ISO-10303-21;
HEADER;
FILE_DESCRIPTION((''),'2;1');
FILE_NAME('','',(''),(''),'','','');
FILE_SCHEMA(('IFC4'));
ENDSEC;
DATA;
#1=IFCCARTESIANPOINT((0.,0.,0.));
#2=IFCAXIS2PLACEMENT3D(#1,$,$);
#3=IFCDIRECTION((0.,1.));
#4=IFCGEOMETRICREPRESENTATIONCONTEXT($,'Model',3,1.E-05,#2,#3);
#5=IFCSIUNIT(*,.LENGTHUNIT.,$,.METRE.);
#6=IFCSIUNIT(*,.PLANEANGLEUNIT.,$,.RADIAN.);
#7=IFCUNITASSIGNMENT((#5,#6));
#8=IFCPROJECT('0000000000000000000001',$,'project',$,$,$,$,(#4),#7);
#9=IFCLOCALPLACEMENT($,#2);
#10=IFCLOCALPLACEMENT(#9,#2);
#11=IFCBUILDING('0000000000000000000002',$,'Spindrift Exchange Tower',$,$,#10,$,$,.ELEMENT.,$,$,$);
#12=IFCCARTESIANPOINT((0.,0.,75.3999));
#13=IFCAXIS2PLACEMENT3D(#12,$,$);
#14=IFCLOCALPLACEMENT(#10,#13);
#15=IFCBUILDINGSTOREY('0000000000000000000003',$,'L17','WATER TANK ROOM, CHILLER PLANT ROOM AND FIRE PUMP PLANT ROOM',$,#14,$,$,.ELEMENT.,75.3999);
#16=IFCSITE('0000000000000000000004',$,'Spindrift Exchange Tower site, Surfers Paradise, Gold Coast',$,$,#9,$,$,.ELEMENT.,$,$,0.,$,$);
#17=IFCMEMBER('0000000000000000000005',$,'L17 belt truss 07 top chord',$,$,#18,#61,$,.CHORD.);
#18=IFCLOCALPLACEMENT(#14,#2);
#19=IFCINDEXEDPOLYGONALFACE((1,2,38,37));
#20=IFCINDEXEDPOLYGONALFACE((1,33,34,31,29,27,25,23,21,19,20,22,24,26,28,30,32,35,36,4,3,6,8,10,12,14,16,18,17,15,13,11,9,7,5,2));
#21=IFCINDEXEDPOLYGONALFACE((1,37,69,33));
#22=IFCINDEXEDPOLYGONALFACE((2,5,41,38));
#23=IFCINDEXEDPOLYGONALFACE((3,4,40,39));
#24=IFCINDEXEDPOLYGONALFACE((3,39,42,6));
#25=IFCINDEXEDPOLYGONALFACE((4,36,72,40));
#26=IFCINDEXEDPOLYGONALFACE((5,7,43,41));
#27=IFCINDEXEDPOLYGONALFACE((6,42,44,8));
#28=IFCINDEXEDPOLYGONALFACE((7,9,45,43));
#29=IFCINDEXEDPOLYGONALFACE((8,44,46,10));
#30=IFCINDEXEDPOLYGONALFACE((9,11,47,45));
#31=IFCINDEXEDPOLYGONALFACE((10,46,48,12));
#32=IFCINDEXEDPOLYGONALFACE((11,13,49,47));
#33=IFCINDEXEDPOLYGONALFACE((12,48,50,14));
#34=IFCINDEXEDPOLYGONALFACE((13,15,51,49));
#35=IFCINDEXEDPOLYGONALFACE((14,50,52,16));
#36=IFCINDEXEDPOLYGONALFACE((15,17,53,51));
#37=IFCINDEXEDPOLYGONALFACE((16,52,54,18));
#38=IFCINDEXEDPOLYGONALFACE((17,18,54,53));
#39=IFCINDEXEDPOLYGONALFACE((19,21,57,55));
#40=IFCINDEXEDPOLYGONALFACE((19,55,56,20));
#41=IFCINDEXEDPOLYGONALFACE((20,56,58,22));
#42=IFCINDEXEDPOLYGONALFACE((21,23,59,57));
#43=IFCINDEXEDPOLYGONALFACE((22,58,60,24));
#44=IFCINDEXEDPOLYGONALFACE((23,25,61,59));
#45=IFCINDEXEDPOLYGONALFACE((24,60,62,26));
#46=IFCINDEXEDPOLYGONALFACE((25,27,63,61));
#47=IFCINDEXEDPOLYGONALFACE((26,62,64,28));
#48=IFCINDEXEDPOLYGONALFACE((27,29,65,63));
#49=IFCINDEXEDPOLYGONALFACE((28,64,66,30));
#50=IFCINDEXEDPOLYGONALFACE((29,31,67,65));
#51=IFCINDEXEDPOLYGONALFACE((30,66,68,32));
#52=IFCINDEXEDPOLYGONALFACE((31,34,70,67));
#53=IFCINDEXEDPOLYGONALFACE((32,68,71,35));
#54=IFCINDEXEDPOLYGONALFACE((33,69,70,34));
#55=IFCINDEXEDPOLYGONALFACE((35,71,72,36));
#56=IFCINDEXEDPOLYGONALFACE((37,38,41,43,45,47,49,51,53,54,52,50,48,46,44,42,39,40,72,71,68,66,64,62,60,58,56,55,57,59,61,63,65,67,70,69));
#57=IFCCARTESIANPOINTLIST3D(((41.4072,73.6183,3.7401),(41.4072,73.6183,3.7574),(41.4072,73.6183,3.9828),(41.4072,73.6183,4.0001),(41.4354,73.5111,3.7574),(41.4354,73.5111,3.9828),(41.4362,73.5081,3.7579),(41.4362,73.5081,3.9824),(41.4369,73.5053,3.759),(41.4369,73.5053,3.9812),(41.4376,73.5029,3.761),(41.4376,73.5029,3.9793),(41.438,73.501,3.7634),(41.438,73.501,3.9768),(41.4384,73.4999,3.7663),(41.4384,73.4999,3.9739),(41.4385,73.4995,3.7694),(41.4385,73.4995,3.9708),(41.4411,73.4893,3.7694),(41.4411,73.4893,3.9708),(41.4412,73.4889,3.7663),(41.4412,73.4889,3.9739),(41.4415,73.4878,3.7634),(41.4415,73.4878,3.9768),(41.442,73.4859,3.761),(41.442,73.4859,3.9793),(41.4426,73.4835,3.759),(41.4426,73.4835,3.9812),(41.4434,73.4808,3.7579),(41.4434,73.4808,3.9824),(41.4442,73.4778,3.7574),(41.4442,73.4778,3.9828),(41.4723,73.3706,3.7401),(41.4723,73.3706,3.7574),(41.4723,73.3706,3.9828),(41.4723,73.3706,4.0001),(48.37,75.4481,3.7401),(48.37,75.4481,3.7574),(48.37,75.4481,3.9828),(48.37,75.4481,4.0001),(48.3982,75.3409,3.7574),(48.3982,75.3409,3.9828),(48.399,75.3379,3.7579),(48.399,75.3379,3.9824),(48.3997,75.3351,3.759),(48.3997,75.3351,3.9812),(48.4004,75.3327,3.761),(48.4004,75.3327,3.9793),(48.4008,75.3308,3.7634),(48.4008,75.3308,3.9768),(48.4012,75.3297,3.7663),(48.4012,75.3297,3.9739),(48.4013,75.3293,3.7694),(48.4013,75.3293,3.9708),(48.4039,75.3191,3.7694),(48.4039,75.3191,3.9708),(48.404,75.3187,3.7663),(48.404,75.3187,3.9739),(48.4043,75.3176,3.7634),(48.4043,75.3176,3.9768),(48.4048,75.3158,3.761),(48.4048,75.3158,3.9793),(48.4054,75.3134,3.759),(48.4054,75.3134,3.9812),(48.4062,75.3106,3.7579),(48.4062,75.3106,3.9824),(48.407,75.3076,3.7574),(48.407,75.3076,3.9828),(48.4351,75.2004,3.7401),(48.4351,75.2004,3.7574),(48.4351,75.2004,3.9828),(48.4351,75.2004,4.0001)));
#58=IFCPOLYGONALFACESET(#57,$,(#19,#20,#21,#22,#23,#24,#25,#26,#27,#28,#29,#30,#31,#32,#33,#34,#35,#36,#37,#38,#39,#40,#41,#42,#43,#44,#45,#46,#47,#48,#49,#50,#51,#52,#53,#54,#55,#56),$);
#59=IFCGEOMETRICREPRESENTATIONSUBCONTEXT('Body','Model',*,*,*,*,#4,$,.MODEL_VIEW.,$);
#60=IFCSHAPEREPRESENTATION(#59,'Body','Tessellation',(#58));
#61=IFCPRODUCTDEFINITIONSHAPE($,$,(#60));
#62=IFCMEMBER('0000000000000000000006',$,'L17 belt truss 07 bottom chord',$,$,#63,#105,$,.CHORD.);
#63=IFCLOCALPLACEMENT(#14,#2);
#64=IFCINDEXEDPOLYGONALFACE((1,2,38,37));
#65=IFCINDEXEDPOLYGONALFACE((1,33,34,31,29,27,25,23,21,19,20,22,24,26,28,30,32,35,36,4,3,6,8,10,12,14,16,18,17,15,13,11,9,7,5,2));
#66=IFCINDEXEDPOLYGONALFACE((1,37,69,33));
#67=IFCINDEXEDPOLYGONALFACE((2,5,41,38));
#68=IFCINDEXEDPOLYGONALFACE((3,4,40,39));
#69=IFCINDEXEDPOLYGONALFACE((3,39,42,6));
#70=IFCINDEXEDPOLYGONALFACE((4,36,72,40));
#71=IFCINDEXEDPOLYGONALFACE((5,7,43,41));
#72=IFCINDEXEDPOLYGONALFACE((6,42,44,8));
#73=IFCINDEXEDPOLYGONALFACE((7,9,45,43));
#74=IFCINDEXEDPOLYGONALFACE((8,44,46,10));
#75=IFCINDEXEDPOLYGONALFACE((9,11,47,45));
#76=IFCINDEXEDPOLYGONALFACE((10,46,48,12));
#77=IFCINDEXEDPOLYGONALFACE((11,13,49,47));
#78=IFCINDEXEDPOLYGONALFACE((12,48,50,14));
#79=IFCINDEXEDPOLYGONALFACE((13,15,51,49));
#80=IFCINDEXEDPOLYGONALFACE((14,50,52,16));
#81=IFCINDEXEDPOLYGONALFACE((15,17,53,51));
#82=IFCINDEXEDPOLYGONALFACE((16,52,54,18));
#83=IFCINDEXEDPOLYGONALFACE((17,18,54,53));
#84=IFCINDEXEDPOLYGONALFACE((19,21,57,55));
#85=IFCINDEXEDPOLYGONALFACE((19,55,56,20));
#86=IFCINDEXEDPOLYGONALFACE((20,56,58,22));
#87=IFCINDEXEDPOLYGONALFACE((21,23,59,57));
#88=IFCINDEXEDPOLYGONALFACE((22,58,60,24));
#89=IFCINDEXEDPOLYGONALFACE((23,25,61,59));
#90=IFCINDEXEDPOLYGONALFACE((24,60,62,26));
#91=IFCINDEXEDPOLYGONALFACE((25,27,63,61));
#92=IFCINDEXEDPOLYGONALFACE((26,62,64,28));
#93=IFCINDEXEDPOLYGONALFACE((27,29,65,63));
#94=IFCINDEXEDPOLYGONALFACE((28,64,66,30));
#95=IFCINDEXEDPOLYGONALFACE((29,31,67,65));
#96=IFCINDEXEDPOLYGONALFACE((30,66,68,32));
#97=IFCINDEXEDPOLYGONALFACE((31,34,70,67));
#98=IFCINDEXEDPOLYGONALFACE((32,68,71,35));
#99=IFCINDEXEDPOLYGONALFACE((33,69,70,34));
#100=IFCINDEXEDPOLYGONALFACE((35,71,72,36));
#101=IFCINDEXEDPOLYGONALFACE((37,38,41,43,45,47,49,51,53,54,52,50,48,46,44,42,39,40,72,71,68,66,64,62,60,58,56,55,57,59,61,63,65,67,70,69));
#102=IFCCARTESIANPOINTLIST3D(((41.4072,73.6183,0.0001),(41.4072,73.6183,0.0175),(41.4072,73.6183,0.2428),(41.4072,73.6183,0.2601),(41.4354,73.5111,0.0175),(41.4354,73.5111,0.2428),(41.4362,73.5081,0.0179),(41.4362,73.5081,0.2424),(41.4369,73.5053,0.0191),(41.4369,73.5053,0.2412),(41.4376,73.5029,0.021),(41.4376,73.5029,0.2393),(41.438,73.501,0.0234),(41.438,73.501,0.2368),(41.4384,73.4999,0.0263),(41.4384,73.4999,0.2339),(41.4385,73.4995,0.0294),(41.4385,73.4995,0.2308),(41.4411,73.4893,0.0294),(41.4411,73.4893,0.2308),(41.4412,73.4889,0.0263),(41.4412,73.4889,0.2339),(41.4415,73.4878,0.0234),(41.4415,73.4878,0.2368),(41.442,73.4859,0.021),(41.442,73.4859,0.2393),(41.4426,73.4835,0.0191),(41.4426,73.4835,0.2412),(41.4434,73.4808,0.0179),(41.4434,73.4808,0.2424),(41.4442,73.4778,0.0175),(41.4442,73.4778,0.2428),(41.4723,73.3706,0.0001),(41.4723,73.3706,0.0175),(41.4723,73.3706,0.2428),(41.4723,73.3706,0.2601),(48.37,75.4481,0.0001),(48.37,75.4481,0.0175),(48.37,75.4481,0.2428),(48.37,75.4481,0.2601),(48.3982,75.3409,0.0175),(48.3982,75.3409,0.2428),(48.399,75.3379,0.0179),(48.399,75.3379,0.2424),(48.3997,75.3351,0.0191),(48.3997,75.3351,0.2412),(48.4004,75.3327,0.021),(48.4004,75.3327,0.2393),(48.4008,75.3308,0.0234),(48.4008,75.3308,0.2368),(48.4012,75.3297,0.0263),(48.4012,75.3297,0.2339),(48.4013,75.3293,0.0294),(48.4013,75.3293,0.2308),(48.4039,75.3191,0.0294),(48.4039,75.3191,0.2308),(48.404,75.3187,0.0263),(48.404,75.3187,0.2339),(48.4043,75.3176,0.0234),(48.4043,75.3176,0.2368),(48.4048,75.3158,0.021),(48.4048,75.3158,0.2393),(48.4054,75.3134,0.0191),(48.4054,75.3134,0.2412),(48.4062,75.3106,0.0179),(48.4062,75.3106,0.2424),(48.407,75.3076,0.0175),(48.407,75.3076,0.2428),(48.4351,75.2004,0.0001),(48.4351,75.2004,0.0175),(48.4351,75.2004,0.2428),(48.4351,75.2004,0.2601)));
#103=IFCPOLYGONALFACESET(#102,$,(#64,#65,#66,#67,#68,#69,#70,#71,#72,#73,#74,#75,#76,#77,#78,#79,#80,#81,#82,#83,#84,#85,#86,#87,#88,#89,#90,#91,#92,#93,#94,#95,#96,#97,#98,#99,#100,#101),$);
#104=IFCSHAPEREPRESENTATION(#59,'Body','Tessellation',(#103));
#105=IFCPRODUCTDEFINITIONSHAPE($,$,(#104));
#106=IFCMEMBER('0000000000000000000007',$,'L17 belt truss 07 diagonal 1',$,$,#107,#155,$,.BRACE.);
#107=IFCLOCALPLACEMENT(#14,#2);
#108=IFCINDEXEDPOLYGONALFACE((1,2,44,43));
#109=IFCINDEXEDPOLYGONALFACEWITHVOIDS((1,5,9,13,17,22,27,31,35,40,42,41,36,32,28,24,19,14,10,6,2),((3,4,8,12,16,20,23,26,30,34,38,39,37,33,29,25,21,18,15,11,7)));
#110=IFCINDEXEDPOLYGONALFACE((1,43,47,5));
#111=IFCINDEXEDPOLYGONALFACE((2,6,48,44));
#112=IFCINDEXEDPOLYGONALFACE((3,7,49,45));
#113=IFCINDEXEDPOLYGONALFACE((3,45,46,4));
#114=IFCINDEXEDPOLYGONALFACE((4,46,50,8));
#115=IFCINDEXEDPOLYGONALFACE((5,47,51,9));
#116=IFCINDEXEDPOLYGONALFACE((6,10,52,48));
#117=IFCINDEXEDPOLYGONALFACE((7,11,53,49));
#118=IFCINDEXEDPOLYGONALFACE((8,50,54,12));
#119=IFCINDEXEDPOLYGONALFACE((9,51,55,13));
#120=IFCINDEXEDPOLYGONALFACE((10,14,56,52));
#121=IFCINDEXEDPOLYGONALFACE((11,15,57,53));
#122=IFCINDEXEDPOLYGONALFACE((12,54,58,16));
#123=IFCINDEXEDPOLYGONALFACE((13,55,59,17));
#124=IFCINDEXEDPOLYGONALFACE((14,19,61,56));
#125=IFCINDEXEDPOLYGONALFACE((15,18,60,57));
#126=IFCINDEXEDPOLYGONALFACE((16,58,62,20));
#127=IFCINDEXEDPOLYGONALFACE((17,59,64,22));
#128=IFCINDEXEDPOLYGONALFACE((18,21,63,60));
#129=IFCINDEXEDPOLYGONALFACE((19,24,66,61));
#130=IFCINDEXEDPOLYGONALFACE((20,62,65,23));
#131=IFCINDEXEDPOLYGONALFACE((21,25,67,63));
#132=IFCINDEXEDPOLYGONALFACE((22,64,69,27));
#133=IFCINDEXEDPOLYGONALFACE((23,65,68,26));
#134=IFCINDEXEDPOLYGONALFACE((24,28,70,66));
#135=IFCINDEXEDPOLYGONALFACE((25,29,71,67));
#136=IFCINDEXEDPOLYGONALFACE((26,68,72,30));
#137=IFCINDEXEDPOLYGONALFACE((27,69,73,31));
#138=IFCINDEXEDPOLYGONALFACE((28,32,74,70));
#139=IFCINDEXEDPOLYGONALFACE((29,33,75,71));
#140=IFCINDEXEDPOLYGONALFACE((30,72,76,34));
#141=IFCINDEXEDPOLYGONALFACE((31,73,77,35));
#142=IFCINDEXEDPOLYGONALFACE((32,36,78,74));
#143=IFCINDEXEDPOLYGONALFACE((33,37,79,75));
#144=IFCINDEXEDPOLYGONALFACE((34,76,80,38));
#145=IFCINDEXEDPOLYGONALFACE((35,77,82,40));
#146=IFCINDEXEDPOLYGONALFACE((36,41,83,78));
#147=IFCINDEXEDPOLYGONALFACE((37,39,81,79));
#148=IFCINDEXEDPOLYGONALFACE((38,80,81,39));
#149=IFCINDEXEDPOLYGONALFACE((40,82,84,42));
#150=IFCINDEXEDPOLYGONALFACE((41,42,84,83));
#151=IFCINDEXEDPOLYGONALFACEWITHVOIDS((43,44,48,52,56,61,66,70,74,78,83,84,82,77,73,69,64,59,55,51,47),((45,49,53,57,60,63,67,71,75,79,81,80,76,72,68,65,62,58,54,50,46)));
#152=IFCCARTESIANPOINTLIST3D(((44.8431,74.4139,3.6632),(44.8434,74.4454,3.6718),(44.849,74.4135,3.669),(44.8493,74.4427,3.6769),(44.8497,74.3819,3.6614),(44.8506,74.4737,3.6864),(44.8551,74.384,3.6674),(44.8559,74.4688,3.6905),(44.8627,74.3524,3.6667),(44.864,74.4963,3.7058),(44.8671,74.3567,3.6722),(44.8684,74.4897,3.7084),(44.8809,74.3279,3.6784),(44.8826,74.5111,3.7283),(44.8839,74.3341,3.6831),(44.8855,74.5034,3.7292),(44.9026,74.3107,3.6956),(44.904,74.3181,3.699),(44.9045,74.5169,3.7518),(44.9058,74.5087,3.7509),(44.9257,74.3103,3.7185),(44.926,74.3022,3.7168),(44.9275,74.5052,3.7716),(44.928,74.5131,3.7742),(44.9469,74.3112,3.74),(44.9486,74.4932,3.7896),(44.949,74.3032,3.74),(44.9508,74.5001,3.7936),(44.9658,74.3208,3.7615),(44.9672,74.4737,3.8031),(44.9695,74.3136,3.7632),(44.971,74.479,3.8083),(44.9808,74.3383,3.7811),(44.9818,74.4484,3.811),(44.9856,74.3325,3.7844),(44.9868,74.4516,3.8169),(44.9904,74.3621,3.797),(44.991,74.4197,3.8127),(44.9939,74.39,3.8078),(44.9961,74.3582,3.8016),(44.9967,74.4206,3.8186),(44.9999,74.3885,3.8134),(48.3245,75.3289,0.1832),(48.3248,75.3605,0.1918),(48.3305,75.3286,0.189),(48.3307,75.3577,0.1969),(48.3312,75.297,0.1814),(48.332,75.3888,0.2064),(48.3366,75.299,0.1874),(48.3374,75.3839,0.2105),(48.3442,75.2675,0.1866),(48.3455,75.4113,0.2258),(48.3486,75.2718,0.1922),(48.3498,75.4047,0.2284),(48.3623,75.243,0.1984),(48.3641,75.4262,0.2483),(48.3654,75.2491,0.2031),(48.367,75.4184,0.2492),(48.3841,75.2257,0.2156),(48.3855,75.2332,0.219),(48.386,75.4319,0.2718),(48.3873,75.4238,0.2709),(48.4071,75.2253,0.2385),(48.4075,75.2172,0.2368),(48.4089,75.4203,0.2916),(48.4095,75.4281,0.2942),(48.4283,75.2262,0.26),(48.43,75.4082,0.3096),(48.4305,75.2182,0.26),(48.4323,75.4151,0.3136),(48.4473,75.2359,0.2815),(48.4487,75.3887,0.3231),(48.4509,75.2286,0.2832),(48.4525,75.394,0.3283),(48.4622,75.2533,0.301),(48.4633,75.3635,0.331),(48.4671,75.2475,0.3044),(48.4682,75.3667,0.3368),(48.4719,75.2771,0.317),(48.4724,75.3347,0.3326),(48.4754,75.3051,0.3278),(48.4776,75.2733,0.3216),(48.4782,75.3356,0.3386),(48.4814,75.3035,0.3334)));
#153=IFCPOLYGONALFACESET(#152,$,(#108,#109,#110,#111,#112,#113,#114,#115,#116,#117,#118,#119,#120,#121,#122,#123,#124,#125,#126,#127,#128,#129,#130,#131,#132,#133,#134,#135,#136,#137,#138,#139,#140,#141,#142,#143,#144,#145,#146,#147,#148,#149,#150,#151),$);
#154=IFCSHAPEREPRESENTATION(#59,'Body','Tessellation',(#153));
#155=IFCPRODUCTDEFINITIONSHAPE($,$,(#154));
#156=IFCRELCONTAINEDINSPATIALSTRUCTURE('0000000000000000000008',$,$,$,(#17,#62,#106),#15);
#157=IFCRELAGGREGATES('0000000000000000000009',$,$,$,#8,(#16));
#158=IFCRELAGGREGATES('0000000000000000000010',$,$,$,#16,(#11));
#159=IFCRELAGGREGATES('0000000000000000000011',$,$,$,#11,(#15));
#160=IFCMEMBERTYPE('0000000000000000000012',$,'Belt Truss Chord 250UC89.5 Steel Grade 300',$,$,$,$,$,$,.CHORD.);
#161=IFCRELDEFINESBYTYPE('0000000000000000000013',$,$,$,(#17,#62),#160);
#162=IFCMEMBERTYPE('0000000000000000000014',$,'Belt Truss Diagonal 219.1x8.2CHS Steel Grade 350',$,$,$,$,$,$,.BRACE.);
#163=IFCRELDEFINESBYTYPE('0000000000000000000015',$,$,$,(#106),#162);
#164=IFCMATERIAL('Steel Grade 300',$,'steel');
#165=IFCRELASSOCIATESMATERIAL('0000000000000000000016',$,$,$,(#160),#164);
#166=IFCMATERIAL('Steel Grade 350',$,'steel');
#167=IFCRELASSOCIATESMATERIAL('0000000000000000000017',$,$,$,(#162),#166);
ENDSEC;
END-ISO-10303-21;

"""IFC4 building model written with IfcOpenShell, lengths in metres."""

from ifc_helpers import new_model, si_unit, direction, frame, origin, origin_2d, place, context, subcontext, project, spatial, hollow_circle, i_section, extrude, source, transform, mapped, material, material_profile, profile_set, type_object, element, save


model = new_model("IFC4")

# Units and contexts
model_context = context("Model", 3, precision=1e-05, world=origin(), true_north=direction((0.0, 1.0)))
body_context = subcontext(model_context, "Body", "Model", "MODEL_VIEW")
ifc_project = project(units=[si_unit("LENGTHUNIT", "METRE"), si_unit("PLANEANGLEUNIT", "RADIAN")], contexts=[model_context])

# Site, building, storey
site_placement = place(None, origin())
site = spatial("IfcSite", under=ifc_project, at=site_placement, Name="Spindrift Exchange Tower site, Surfers Paradise, Gold Coast", CompositionType="ELEMENT", RefElevation=0.0)
building_placement = place(site_placement, origin())
building = spatial("IfcBuilding", under=site, at=building_placement, Name="Spindrift Exchange Tower", CompositionType="ELEMENT")
storey_placement = place(building_placement, frame((0.0, 0.0, 75.3999)))
storey = spatial("IfcBuildingStorey", under=building, at=storey_placement, Name="L17", Description="WATER TANK ROOM, CHILLER PLANT ROOM AND FIRE PUMP PLANT ROOM", CompositionType="ELEMENT", Elevation=75.3999)

# Shared definitions
ifc_material_1 = material(Name="Steel Grade 300", Category="steel")

# Members
ifc_material_profile_1 = material_profile(ifc_material_1, i_section(OverallWidth=0.2561, OverallDepth=0.26, WebThickness=0.0105, FlangeThickness=0.0173, FilletRadius=0.012, at=origin_2d()), Name="250UC89.5")
ifc_profile_set_1 = profile_set([ifc_material_profile_1], Name="Steel Grade 300")
member_type_1 = type_object("IfcMemberType", Name="Belt Truss Chord 250UC89.5 Steel Grade 300", PredefinedType="CHORD", material=ifc_profile_set_1)
shared_shape_1 = source(origin(), body_context, "Body", "SweptSolid", [
    extrude(i_section(OverallWidth=0.2561, OverallDepth=0.26, WebThickness=0.0105, FlangeThickness=0.0173, FilletRadius=0.012, at=origin_2d()), origin(), (0.0, 0.0, 1.0), 7.1992),
])
for number, where, z_axis, x_axis, name in (
    (1, (48.4026, 75.3242, 3.8701), (-0.96716, -0.254168, 0.0), (0.254168, -0.96716, 0.0), "L17 belt truss 07 top chord"),
    (2, (48.4026, 75.3242, 0.1301), (-0.96716, -0.254168, 0.0), (0.254168, -0.96716, 0.0), "L17 belt truss 07 bottom chord"),
):
    element("IfcMember", number, at=place(storey_placement, frame(where, z_axis=z_axis, x_axis=x_axis)), inside=storey, type_object=member_type_1, Name=name, PredefinedType="CHORD", context=body_context, shape_type="MappedRepresentation", body=[
        mapped(shared_shape_1, transform((0.0, 0.0, 0.0), scale=1.0)),
    ])
ifc_material_2 = material(Name="Steel Grade 350", Category="steel")
ifc_material_profile_2 = material_profile(ifc_material_2, hollow_circle(Radius=0.1096, WallThickness=0.0083, at=origin_2d()), Name="219.1x8.2CHS")
ifc_profile_set_2 = profile_set([ifc_material_profile_2], Name="Steel Grade 350")
member_type_2 = type_object("IfcMemberType", Name="Belt Truss Diagonal 219.1x8.2CHS Steel Grade 350", PredefinedType="BRACE", material=ifc_profile_set_2)
shared_shape_2 = source(origin(), body_context, "Body", "SweptSolid", [
    extrude(hollow_circle(Radius=0.1096, WallThickness=0.0083, at=origin_2d()), origin(), (0.0, 0.0, 1.0), 5.0068),
])
for number, where, z_axis, x_axis, name in (
    (3, (48.4026, 75.3242, 0.26), (-0.695344, -0.182759, 0.695051), (0.2542, -0.967152, 0.0), "L17 belt truss 07 diagonal 1"),
):
    element("IfcMember", number, at=place(storey_placement, frame(where, z_axis=z_axis, x_axis=x_axis)), inside=storey, type_object=member_type_2, Name=name, PredefinedType="BRACE", context=body_context, shape_type="MappedRepresentation", body=[
        mapped(shared_shape_2, transform((0.0, 0.0, 0.0), scale=1.0)),
    ])

save(model, "model.ifc")
